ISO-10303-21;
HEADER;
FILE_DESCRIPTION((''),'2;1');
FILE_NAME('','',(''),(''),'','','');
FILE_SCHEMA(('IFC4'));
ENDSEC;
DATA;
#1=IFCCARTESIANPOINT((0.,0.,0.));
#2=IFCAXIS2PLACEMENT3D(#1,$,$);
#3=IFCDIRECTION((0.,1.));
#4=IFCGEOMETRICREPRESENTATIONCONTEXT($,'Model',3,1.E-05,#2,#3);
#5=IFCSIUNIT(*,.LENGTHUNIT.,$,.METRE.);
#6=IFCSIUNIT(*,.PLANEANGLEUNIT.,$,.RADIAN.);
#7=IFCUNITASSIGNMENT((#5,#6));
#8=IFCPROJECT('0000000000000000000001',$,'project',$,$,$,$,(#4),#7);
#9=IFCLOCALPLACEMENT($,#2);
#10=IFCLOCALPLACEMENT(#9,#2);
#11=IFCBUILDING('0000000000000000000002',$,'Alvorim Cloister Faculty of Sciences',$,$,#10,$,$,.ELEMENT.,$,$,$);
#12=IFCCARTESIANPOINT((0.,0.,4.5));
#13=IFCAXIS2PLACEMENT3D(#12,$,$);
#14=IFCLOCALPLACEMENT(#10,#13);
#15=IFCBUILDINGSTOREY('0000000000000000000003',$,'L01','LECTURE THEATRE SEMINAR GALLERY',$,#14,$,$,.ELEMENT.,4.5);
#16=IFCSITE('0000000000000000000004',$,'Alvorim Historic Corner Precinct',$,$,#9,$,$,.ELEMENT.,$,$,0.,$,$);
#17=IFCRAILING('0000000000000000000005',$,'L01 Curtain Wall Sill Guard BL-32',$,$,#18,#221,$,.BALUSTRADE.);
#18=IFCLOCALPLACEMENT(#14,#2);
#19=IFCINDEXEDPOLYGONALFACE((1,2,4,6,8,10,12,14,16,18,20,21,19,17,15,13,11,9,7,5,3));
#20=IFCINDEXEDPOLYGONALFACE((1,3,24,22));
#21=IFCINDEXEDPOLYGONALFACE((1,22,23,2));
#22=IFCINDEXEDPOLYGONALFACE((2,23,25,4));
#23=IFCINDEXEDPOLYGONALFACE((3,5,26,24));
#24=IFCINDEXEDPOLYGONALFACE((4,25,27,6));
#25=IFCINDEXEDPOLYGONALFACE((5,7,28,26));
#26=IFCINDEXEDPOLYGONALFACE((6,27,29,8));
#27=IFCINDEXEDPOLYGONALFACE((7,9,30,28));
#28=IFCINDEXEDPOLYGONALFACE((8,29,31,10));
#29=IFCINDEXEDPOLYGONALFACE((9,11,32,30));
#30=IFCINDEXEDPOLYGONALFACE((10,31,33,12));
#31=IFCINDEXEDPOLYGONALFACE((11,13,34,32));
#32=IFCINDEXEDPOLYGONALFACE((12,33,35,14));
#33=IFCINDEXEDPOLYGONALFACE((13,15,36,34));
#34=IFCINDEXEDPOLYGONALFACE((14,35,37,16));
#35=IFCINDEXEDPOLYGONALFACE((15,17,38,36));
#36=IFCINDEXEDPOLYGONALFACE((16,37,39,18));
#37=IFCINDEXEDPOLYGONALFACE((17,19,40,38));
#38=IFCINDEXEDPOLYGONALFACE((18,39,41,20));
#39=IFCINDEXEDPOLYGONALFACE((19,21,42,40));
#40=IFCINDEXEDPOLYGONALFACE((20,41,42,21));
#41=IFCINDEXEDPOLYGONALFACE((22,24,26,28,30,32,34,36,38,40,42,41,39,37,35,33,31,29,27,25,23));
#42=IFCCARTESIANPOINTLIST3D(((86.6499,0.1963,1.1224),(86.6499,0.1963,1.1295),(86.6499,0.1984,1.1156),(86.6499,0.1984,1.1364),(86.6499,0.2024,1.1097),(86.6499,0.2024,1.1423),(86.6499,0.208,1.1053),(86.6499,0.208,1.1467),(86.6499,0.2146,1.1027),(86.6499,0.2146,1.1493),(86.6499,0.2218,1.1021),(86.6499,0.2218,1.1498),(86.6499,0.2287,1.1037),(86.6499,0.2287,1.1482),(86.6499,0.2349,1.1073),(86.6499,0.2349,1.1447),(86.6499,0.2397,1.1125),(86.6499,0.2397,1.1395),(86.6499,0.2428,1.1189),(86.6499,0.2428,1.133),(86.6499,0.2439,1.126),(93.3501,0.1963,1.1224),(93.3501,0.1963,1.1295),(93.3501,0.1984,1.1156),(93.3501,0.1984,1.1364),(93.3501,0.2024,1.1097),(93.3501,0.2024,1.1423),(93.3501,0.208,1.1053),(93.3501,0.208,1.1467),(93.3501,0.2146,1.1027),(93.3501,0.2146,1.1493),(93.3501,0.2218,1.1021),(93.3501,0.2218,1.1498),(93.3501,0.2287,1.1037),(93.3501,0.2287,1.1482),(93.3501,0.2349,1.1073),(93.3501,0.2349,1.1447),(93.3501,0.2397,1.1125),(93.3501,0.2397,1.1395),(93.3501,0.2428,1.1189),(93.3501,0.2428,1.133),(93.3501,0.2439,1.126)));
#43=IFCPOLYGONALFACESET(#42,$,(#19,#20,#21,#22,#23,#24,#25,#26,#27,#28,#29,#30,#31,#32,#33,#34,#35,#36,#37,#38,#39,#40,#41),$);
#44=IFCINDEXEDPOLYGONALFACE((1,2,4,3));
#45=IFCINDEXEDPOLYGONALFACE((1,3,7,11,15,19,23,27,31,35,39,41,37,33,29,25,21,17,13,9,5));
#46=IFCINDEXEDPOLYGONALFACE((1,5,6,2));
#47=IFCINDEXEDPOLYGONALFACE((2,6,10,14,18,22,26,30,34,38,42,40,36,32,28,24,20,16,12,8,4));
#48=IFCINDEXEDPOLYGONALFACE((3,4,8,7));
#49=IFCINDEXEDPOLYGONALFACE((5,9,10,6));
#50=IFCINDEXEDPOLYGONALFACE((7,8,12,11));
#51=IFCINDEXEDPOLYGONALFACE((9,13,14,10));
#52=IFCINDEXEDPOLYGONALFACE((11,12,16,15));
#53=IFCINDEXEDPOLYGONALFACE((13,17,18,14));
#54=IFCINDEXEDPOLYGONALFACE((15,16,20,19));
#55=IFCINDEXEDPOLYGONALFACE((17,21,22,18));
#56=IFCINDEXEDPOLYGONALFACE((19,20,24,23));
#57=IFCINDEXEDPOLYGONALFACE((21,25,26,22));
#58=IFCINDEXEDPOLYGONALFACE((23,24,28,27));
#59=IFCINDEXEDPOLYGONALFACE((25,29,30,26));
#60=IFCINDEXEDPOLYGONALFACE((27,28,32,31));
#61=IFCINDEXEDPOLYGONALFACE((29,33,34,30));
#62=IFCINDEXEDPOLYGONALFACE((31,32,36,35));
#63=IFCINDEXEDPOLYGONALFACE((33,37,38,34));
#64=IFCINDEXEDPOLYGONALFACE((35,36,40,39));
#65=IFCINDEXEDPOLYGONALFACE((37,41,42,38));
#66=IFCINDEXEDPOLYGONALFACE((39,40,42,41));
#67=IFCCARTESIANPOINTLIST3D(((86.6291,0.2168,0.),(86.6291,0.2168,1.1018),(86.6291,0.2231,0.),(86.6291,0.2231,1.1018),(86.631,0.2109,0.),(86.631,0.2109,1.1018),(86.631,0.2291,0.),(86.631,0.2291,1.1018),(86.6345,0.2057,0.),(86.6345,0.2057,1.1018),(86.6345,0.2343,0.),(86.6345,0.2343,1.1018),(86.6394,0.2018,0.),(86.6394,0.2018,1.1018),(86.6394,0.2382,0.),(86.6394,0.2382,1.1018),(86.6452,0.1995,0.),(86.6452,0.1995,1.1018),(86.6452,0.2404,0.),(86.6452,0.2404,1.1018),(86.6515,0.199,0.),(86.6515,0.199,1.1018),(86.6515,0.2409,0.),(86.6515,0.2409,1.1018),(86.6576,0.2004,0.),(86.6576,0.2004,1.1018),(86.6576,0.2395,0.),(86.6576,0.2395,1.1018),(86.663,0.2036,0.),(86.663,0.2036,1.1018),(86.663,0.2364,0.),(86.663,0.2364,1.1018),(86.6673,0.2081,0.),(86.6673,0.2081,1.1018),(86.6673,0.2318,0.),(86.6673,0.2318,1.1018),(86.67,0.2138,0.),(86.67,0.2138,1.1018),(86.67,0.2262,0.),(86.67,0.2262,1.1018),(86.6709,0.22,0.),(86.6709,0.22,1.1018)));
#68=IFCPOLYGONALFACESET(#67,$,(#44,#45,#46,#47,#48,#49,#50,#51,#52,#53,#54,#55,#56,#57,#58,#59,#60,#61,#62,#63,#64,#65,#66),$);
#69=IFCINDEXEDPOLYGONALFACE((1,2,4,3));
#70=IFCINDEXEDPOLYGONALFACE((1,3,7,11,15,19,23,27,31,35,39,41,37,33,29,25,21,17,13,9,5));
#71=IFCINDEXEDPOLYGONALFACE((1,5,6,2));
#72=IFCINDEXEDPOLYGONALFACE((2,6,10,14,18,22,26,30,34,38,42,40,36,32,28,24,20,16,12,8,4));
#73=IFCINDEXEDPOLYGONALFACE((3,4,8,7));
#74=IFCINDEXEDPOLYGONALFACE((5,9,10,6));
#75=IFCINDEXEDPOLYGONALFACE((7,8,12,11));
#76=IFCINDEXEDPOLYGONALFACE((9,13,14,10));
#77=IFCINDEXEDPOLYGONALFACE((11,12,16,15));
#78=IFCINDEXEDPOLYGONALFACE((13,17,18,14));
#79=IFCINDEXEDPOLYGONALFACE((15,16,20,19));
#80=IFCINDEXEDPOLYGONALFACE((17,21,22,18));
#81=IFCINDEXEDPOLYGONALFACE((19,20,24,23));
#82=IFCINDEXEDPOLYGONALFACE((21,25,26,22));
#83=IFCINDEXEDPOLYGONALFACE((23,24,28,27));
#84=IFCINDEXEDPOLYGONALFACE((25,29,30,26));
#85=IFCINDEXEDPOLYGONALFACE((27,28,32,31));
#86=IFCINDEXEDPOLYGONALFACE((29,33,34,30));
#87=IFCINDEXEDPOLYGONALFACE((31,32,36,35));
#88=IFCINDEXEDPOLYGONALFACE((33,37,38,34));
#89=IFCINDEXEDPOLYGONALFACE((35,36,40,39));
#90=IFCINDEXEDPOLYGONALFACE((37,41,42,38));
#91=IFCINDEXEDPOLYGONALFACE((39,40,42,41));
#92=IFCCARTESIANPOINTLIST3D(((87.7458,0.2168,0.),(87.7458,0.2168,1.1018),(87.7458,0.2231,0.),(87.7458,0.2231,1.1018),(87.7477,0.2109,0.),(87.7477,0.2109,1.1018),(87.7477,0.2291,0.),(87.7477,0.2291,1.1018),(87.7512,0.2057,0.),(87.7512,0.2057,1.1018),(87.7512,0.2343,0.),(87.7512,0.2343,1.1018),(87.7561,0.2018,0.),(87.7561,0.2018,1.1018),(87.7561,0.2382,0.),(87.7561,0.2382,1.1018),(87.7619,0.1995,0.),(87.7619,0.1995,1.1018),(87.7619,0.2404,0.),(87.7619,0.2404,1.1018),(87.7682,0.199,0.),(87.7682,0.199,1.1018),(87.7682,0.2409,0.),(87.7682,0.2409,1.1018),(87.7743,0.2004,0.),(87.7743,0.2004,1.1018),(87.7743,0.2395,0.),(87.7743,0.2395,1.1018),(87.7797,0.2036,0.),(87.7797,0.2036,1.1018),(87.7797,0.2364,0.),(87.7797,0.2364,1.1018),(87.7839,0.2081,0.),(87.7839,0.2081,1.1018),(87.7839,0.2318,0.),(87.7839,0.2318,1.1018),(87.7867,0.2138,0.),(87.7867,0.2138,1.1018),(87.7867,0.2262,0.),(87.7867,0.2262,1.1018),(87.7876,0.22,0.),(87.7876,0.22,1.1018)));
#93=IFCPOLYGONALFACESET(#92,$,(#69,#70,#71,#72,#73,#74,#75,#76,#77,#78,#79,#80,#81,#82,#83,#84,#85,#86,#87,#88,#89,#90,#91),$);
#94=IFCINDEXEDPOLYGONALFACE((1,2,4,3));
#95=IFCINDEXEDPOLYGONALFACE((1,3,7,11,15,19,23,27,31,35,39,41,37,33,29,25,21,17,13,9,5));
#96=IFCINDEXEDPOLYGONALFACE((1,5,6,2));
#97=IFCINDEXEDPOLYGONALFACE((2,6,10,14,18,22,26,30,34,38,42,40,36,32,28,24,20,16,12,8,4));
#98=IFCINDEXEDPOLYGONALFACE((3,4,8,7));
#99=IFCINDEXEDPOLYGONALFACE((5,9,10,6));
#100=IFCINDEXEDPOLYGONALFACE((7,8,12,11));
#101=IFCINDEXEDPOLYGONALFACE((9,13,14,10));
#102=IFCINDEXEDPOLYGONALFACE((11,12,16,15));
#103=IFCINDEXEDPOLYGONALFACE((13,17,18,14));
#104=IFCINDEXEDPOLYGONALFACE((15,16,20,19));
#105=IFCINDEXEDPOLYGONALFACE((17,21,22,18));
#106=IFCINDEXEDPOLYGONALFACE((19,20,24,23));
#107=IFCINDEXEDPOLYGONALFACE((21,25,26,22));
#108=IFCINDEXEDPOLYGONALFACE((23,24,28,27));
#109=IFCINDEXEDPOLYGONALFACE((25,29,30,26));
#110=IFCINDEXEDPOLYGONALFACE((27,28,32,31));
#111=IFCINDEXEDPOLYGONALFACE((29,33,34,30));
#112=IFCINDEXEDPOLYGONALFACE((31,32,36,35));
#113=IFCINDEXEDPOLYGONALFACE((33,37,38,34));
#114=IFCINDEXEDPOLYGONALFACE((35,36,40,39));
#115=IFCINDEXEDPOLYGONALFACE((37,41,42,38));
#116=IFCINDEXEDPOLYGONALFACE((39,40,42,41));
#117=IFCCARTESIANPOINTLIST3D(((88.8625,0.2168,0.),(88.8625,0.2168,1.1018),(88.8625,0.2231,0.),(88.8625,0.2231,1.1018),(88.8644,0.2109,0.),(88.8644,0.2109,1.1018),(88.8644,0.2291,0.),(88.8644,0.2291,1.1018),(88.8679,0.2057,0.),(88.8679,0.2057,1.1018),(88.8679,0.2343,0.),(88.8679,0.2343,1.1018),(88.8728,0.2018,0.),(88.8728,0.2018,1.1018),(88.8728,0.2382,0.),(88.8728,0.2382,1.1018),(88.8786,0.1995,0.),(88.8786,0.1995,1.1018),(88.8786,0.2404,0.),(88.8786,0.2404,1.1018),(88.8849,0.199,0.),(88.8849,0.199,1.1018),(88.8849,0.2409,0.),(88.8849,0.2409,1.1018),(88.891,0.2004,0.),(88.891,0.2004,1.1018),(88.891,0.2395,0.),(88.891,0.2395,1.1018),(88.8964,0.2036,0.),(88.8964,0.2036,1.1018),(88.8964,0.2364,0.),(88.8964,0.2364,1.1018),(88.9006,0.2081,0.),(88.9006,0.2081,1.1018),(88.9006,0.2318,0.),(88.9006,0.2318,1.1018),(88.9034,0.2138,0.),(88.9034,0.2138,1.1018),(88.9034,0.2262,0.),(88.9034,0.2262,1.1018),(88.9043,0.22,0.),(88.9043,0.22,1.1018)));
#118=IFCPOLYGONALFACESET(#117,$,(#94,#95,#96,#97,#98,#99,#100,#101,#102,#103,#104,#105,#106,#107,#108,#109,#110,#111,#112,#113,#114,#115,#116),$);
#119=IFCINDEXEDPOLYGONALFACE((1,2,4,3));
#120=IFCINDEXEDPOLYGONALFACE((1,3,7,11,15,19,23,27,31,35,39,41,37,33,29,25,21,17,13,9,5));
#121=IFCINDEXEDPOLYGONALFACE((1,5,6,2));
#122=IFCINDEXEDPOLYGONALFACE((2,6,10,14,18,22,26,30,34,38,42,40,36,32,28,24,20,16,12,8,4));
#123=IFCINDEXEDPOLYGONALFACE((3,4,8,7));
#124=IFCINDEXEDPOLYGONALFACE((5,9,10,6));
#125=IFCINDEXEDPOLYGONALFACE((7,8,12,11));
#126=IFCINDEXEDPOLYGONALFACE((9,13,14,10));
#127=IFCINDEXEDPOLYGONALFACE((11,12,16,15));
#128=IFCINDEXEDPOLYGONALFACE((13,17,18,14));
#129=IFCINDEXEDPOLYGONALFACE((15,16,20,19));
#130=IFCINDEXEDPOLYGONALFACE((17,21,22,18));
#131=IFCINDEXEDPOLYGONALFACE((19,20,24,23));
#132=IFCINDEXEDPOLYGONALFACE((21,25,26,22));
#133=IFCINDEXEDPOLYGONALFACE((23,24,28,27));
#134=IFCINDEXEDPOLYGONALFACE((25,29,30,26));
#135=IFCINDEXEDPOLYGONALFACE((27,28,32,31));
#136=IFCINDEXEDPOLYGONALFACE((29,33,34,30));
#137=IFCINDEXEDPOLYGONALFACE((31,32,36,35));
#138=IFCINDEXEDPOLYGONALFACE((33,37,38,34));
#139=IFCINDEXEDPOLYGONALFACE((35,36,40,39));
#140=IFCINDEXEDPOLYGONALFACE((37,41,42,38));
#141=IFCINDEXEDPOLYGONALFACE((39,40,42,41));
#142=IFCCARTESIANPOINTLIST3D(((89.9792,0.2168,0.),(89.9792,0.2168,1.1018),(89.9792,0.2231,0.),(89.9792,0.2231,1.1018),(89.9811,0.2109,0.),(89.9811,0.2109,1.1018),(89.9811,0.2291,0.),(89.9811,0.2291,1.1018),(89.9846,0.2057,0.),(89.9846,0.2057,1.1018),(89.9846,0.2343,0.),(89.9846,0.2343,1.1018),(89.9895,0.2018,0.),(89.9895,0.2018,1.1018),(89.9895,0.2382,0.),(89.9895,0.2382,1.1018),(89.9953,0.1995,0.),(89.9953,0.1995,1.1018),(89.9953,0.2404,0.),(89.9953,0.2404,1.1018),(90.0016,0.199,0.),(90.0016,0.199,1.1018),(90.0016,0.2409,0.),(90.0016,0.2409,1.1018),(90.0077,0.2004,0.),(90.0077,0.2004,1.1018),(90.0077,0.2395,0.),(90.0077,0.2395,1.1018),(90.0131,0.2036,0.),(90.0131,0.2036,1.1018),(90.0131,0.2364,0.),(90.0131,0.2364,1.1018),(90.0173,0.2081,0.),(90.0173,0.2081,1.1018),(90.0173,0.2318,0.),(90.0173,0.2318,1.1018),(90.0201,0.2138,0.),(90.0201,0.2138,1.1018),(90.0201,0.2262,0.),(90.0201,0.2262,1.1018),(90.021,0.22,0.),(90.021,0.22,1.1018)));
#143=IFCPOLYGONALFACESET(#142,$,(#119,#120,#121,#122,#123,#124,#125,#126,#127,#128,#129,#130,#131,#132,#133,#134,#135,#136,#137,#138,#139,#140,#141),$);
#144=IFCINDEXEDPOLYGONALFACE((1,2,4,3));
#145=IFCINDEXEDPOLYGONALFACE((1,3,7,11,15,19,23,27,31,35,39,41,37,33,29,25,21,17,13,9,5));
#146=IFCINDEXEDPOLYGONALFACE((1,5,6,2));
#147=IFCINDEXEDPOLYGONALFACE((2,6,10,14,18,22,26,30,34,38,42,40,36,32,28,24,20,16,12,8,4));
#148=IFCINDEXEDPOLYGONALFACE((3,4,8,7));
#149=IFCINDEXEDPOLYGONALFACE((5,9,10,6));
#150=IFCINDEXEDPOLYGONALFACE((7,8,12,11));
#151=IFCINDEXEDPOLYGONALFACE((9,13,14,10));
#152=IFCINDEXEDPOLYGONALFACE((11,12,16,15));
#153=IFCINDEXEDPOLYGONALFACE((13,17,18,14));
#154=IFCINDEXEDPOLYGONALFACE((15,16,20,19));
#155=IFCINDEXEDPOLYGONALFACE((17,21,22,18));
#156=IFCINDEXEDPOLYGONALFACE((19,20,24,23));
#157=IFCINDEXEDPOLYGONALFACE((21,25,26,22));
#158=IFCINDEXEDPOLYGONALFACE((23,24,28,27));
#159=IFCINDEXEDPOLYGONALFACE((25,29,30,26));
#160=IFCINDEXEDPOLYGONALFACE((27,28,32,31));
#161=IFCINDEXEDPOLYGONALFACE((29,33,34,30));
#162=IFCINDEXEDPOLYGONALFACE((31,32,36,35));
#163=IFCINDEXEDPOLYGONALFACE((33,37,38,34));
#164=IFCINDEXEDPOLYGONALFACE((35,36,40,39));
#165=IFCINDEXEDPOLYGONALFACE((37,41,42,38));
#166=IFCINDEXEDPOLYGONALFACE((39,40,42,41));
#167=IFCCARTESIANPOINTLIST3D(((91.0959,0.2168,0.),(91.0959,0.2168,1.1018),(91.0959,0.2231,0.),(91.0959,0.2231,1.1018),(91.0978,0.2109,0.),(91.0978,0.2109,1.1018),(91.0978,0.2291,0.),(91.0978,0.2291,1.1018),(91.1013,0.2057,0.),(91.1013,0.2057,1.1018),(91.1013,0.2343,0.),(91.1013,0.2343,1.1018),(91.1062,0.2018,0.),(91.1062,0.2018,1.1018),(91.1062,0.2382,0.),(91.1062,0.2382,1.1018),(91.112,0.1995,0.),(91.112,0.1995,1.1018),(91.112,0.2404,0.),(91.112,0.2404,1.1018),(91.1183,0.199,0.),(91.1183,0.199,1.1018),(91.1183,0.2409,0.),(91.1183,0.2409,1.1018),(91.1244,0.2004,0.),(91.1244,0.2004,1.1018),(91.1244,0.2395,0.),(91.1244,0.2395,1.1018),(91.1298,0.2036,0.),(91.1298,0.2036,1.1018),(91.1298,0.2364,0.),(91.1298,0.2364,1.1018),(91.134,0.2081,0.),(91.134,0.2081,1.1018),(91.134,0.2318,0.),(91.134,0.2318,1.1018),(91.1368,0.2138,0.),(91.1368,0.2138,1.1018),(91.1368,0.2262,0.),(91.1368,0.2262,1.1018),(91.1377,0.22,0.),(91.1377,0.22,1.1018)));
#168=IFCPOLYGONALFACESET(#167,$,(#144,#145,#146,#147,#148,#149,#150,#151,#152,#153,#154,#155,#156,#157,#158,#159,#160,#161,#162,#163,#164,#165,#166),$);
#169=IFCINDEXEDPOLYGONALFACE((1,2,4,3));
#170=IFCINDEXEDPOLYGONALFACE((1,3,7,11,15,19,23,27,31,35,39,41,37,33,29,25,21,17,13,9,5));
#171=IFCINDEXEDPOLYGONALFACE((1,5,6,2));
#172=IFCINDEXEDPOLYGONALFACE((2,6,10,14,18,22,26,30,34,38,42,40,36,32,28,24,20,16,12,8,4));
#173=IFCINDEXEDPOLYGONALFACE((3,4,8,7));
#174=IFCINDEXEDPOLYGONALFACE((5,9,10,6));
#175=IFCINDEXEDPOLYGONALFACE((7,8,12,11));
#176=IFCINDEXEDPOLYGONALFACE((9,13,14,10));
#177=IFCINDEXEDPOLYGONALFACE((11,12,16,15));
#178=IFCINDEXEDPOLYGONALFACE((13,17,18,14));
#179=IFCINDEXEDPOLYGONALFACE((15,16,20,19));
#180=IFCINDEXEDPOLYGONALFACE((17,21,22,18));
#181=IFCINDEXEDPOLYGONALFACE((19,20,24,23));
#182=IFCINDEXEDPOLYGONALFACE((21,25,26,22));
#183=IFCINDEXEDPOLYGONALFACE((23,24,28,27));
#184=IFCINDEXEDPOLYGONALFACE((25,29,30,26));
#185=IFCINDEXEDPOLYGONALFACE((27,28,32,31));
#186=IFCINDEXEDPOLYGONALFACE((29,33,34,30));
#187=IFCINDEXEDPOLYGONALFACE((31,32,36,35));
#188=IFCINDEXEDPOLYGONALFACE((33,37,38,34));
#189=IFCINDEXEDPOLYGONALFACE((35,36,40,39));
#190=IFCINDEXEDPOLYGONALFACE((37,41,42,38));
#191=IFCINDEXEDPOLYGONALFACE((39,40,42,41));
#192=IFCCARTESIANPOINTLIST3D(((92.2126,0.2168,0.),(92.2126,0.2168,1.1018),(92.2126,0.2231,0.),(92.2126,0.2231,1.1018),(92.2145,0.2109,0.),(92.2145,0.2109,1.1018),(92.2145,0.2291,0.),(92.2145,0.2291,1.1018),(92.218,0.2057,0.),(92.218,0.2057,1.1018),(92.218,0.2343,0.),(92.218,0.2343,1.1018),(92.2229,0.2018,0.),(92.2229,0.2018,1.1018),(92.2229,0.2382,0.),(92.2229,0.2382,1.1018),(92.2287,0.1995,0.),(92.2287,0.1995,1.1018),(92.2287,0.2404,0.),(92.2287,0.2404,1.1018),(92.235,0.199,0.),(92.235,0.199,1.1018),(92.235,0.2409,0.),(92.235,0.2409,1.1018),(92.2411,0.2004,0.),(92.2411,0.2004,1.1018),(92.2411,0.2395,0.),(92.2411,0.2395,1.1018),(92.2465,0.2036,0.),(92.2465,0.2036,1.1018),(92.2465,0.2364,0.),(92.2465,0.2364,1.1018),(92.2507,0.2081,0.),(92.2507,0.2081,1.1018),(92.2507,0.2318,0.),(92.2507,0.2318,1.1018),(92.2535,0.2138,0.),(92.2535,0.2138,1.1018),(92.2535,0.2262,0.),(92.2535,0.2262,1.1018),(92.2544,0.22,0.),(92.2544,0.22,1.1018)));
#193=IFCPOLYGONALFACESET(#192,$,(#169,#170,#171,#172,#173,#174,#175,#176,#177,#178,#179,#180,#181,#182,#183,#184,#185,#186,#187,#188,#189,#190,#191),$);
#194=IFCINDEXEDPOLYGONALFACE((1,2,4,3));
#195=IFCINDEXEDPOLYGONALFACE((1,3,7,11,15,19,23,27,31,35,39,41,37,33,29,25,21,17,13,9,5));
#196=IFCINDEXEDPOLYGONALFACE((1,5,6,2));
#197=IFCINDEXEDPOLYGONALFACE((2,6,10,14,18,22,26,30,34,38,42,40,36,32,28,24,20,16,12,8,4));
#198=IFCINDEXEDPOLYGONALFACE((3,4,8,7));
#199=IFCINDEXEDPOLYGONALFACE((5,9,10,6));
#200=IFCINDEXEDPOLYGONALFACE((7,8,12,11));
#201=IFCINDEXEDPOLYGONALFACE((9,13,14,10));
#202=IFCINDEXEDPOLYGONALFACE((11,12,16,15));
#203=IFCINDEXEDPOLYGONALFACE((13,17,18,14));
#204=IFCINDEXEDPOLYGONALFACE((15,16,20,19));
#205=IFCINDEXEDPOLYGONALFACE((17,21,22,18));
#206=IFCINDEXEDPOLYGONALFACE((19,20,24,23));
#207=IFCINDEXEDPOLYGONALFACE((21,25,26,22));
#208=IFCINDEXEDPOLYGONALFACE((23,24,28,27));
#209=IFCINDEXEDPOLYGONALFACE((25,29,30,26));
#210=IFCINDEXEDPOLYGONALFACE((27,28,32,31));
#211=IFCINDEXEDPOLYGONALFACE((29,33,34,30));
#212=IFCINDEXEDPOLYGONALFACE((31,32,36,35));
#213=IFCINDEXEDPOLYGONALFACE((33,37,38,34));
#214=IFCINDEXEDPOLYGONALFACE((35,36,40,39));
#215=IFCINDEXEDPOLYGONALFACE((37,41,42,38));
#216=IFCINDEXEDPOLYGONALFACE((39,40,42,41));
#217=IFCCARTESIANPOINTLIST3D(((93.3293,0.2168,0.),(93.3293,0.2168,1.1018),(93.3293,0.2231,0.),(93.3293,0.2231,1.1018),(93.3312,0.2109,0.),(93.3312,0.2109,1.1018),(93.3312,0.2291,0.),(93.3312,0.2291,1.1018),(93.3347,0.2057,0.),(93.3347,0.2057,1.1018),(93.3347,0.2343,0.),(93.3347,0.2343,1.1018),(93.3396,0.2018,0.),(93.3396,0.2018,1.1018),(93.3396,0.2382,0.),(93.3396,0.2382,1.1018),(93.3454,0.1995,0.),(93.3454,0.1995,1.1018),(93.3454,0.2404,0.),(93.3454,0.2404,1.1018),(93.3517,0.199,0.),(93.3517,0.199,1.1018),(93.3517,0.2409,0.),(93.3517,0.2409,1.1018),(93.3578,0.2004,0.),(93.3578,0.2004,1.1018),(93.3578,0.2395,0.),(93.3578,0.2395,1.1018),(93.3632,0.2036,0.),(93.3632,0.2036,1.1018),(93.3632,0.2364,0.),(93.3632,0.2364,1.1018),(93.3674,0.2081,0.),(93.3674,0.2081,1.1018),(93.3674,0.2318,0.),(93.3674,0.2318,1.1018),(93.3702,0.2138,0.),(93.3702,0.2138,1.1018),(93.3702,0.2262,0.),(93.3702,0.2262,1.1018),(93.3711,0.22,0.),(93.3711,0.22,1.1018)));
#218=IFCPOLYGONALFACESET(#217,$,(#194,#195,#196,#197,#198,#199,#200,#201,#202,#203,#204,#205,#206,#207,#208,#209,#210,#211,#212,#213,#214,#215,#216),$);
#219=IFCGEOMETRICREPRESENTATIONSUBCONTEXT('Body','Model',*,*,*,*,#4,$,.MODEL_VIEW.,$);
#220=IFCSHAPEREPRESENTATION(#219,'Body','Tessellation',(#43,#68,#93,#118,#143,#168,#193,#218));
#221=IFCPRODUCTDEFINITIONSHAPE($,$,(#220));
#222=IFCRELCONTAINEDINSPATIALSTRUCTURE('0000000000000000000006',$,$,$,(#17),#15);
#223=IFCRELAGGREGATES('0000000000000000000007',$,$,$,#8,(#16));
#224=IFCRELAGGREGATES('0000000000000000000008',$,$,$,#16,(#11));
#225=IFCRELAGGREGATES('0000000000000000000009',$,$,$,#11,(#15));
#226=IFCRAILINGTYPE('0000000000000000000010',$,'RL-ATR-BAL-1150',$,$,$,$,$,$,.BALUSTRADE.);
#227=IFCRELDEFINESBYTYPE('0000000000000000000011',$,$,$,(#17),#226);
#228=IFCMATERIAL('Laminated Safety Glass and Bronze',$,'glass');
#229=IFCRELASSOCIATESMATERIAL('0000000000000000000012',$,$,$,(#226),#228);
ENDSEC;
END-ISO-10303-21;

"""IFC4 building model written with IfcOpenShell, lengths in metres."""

from ifc_helpers import new_model, si_unit, direction, frame, origin, origin_2d, place, context, subcontext, project, spatial, circle, extrude, material, type_object, element, save


model = new_model("IFC4")

# Units and contexts
model_context = context("Model", 3, precision=1e-05, world=origin(), true_north=direction((0.0, 1.0)))
body_context = subcontext(model_context, "Body", "Model", "MODEL_VIEW")
ifc_project = project(units=[si_unit("LENGTHUNIT", "METRE"), si_unit("PLANEANGLEUNIT", "RADIAN")], contexts=[model_context])

# Site, building, storey
site_placement = place(None, origin())
site = spatial("IfcSite", under=ifc_project, at=site_placement, Name="Alvorim Historic Corner Precinct", CompositionType="ELEMENT", RefElevation=0.0)
building_placement = place(site_placement, origin())
building = spatial("IfcBuilding", under=site, at=building_placement, Name="Alvorim Cloister Faculty of Sciences", CompositionType="ELEMENT")
storey_placement = place(building_placement, frame((0.0, 0.0, 4.5)))
storey = spatial("IfcBuildingStorey", under=building, at=storey_placement, Name="L01", Description="LECTURE THEATRE SEMINAR GALLERY", CompositionType="ELEMENT", Elevation=4.5)

# Railing
ifc_material_1 = material(Name="Laminated Safety Glass and Bronze", Category="glass")
railing_type = type_object("IfcRailingType", Name="RL-ATR-BAL-1150", PredefinedType="BALUSTRADE", material=ifc_material_1)
railing_placement = place(storey_placement, frame((86.6499, 0.22, 0.0)))
element("IfcRailing", 1, at=railing_placement, inside=storey, type_object=railing_type, Name="L01 Curtain Wall Sill Guard BL-32", PredefinedType="BALUSTRADE", context=body_context, shape_type="SweptSolid", body=[
    extrude(circle(Radius=0.0239, at=origin_2d()), frame((0.0, 0.0, 1.126), z_axis=(1.0, 0.0, 0.0), x_axis=(0.0, 1.0, 0.0)), (0.0, 0.0, 1.0), 6.7002),
    extrude(circle(Radius=0.021, at=origin_2d()), origin(), (0.0, 0.0, 1.0), 1.1018),
    extrude(circle(Radius=0.021, at=origin_2d()), frame((1.1167, 0.0, 0.0)), (0.0, 0.0, 1.0), 1.1018),
    extrude(circle(Radius=0.021, at=origin_2d()), frame((2.2334, 0.0, 0.0)), (0.0, 0.0, 1.0), 1.1018),
    extrude(circle(Radius=0.021, at=origin_2d()), frame((3.3501, 0.0, 0.0)), (0.0, 0.0, 1.0), 1.1018),
    extrude(circle(Radius=0.021, at=origin_2d()), frame((4.4668, 0.0, 0.0)), (0.0, 0.0, 1.0), 1.1018),
    extrude(circle(Radius=0.021, at=origin_2d()), frame((5.5835, 0.0, 0.0)), (0.0, 0.0, 1.0), 1.1018),
    extrude(circle(Radius=0.021, at=origin_2d()), frame((6.7002, 0.0, 0.0)), (0.0, 0.0, 1.0), 1.1018),
])

save(model, "model.ifc")
